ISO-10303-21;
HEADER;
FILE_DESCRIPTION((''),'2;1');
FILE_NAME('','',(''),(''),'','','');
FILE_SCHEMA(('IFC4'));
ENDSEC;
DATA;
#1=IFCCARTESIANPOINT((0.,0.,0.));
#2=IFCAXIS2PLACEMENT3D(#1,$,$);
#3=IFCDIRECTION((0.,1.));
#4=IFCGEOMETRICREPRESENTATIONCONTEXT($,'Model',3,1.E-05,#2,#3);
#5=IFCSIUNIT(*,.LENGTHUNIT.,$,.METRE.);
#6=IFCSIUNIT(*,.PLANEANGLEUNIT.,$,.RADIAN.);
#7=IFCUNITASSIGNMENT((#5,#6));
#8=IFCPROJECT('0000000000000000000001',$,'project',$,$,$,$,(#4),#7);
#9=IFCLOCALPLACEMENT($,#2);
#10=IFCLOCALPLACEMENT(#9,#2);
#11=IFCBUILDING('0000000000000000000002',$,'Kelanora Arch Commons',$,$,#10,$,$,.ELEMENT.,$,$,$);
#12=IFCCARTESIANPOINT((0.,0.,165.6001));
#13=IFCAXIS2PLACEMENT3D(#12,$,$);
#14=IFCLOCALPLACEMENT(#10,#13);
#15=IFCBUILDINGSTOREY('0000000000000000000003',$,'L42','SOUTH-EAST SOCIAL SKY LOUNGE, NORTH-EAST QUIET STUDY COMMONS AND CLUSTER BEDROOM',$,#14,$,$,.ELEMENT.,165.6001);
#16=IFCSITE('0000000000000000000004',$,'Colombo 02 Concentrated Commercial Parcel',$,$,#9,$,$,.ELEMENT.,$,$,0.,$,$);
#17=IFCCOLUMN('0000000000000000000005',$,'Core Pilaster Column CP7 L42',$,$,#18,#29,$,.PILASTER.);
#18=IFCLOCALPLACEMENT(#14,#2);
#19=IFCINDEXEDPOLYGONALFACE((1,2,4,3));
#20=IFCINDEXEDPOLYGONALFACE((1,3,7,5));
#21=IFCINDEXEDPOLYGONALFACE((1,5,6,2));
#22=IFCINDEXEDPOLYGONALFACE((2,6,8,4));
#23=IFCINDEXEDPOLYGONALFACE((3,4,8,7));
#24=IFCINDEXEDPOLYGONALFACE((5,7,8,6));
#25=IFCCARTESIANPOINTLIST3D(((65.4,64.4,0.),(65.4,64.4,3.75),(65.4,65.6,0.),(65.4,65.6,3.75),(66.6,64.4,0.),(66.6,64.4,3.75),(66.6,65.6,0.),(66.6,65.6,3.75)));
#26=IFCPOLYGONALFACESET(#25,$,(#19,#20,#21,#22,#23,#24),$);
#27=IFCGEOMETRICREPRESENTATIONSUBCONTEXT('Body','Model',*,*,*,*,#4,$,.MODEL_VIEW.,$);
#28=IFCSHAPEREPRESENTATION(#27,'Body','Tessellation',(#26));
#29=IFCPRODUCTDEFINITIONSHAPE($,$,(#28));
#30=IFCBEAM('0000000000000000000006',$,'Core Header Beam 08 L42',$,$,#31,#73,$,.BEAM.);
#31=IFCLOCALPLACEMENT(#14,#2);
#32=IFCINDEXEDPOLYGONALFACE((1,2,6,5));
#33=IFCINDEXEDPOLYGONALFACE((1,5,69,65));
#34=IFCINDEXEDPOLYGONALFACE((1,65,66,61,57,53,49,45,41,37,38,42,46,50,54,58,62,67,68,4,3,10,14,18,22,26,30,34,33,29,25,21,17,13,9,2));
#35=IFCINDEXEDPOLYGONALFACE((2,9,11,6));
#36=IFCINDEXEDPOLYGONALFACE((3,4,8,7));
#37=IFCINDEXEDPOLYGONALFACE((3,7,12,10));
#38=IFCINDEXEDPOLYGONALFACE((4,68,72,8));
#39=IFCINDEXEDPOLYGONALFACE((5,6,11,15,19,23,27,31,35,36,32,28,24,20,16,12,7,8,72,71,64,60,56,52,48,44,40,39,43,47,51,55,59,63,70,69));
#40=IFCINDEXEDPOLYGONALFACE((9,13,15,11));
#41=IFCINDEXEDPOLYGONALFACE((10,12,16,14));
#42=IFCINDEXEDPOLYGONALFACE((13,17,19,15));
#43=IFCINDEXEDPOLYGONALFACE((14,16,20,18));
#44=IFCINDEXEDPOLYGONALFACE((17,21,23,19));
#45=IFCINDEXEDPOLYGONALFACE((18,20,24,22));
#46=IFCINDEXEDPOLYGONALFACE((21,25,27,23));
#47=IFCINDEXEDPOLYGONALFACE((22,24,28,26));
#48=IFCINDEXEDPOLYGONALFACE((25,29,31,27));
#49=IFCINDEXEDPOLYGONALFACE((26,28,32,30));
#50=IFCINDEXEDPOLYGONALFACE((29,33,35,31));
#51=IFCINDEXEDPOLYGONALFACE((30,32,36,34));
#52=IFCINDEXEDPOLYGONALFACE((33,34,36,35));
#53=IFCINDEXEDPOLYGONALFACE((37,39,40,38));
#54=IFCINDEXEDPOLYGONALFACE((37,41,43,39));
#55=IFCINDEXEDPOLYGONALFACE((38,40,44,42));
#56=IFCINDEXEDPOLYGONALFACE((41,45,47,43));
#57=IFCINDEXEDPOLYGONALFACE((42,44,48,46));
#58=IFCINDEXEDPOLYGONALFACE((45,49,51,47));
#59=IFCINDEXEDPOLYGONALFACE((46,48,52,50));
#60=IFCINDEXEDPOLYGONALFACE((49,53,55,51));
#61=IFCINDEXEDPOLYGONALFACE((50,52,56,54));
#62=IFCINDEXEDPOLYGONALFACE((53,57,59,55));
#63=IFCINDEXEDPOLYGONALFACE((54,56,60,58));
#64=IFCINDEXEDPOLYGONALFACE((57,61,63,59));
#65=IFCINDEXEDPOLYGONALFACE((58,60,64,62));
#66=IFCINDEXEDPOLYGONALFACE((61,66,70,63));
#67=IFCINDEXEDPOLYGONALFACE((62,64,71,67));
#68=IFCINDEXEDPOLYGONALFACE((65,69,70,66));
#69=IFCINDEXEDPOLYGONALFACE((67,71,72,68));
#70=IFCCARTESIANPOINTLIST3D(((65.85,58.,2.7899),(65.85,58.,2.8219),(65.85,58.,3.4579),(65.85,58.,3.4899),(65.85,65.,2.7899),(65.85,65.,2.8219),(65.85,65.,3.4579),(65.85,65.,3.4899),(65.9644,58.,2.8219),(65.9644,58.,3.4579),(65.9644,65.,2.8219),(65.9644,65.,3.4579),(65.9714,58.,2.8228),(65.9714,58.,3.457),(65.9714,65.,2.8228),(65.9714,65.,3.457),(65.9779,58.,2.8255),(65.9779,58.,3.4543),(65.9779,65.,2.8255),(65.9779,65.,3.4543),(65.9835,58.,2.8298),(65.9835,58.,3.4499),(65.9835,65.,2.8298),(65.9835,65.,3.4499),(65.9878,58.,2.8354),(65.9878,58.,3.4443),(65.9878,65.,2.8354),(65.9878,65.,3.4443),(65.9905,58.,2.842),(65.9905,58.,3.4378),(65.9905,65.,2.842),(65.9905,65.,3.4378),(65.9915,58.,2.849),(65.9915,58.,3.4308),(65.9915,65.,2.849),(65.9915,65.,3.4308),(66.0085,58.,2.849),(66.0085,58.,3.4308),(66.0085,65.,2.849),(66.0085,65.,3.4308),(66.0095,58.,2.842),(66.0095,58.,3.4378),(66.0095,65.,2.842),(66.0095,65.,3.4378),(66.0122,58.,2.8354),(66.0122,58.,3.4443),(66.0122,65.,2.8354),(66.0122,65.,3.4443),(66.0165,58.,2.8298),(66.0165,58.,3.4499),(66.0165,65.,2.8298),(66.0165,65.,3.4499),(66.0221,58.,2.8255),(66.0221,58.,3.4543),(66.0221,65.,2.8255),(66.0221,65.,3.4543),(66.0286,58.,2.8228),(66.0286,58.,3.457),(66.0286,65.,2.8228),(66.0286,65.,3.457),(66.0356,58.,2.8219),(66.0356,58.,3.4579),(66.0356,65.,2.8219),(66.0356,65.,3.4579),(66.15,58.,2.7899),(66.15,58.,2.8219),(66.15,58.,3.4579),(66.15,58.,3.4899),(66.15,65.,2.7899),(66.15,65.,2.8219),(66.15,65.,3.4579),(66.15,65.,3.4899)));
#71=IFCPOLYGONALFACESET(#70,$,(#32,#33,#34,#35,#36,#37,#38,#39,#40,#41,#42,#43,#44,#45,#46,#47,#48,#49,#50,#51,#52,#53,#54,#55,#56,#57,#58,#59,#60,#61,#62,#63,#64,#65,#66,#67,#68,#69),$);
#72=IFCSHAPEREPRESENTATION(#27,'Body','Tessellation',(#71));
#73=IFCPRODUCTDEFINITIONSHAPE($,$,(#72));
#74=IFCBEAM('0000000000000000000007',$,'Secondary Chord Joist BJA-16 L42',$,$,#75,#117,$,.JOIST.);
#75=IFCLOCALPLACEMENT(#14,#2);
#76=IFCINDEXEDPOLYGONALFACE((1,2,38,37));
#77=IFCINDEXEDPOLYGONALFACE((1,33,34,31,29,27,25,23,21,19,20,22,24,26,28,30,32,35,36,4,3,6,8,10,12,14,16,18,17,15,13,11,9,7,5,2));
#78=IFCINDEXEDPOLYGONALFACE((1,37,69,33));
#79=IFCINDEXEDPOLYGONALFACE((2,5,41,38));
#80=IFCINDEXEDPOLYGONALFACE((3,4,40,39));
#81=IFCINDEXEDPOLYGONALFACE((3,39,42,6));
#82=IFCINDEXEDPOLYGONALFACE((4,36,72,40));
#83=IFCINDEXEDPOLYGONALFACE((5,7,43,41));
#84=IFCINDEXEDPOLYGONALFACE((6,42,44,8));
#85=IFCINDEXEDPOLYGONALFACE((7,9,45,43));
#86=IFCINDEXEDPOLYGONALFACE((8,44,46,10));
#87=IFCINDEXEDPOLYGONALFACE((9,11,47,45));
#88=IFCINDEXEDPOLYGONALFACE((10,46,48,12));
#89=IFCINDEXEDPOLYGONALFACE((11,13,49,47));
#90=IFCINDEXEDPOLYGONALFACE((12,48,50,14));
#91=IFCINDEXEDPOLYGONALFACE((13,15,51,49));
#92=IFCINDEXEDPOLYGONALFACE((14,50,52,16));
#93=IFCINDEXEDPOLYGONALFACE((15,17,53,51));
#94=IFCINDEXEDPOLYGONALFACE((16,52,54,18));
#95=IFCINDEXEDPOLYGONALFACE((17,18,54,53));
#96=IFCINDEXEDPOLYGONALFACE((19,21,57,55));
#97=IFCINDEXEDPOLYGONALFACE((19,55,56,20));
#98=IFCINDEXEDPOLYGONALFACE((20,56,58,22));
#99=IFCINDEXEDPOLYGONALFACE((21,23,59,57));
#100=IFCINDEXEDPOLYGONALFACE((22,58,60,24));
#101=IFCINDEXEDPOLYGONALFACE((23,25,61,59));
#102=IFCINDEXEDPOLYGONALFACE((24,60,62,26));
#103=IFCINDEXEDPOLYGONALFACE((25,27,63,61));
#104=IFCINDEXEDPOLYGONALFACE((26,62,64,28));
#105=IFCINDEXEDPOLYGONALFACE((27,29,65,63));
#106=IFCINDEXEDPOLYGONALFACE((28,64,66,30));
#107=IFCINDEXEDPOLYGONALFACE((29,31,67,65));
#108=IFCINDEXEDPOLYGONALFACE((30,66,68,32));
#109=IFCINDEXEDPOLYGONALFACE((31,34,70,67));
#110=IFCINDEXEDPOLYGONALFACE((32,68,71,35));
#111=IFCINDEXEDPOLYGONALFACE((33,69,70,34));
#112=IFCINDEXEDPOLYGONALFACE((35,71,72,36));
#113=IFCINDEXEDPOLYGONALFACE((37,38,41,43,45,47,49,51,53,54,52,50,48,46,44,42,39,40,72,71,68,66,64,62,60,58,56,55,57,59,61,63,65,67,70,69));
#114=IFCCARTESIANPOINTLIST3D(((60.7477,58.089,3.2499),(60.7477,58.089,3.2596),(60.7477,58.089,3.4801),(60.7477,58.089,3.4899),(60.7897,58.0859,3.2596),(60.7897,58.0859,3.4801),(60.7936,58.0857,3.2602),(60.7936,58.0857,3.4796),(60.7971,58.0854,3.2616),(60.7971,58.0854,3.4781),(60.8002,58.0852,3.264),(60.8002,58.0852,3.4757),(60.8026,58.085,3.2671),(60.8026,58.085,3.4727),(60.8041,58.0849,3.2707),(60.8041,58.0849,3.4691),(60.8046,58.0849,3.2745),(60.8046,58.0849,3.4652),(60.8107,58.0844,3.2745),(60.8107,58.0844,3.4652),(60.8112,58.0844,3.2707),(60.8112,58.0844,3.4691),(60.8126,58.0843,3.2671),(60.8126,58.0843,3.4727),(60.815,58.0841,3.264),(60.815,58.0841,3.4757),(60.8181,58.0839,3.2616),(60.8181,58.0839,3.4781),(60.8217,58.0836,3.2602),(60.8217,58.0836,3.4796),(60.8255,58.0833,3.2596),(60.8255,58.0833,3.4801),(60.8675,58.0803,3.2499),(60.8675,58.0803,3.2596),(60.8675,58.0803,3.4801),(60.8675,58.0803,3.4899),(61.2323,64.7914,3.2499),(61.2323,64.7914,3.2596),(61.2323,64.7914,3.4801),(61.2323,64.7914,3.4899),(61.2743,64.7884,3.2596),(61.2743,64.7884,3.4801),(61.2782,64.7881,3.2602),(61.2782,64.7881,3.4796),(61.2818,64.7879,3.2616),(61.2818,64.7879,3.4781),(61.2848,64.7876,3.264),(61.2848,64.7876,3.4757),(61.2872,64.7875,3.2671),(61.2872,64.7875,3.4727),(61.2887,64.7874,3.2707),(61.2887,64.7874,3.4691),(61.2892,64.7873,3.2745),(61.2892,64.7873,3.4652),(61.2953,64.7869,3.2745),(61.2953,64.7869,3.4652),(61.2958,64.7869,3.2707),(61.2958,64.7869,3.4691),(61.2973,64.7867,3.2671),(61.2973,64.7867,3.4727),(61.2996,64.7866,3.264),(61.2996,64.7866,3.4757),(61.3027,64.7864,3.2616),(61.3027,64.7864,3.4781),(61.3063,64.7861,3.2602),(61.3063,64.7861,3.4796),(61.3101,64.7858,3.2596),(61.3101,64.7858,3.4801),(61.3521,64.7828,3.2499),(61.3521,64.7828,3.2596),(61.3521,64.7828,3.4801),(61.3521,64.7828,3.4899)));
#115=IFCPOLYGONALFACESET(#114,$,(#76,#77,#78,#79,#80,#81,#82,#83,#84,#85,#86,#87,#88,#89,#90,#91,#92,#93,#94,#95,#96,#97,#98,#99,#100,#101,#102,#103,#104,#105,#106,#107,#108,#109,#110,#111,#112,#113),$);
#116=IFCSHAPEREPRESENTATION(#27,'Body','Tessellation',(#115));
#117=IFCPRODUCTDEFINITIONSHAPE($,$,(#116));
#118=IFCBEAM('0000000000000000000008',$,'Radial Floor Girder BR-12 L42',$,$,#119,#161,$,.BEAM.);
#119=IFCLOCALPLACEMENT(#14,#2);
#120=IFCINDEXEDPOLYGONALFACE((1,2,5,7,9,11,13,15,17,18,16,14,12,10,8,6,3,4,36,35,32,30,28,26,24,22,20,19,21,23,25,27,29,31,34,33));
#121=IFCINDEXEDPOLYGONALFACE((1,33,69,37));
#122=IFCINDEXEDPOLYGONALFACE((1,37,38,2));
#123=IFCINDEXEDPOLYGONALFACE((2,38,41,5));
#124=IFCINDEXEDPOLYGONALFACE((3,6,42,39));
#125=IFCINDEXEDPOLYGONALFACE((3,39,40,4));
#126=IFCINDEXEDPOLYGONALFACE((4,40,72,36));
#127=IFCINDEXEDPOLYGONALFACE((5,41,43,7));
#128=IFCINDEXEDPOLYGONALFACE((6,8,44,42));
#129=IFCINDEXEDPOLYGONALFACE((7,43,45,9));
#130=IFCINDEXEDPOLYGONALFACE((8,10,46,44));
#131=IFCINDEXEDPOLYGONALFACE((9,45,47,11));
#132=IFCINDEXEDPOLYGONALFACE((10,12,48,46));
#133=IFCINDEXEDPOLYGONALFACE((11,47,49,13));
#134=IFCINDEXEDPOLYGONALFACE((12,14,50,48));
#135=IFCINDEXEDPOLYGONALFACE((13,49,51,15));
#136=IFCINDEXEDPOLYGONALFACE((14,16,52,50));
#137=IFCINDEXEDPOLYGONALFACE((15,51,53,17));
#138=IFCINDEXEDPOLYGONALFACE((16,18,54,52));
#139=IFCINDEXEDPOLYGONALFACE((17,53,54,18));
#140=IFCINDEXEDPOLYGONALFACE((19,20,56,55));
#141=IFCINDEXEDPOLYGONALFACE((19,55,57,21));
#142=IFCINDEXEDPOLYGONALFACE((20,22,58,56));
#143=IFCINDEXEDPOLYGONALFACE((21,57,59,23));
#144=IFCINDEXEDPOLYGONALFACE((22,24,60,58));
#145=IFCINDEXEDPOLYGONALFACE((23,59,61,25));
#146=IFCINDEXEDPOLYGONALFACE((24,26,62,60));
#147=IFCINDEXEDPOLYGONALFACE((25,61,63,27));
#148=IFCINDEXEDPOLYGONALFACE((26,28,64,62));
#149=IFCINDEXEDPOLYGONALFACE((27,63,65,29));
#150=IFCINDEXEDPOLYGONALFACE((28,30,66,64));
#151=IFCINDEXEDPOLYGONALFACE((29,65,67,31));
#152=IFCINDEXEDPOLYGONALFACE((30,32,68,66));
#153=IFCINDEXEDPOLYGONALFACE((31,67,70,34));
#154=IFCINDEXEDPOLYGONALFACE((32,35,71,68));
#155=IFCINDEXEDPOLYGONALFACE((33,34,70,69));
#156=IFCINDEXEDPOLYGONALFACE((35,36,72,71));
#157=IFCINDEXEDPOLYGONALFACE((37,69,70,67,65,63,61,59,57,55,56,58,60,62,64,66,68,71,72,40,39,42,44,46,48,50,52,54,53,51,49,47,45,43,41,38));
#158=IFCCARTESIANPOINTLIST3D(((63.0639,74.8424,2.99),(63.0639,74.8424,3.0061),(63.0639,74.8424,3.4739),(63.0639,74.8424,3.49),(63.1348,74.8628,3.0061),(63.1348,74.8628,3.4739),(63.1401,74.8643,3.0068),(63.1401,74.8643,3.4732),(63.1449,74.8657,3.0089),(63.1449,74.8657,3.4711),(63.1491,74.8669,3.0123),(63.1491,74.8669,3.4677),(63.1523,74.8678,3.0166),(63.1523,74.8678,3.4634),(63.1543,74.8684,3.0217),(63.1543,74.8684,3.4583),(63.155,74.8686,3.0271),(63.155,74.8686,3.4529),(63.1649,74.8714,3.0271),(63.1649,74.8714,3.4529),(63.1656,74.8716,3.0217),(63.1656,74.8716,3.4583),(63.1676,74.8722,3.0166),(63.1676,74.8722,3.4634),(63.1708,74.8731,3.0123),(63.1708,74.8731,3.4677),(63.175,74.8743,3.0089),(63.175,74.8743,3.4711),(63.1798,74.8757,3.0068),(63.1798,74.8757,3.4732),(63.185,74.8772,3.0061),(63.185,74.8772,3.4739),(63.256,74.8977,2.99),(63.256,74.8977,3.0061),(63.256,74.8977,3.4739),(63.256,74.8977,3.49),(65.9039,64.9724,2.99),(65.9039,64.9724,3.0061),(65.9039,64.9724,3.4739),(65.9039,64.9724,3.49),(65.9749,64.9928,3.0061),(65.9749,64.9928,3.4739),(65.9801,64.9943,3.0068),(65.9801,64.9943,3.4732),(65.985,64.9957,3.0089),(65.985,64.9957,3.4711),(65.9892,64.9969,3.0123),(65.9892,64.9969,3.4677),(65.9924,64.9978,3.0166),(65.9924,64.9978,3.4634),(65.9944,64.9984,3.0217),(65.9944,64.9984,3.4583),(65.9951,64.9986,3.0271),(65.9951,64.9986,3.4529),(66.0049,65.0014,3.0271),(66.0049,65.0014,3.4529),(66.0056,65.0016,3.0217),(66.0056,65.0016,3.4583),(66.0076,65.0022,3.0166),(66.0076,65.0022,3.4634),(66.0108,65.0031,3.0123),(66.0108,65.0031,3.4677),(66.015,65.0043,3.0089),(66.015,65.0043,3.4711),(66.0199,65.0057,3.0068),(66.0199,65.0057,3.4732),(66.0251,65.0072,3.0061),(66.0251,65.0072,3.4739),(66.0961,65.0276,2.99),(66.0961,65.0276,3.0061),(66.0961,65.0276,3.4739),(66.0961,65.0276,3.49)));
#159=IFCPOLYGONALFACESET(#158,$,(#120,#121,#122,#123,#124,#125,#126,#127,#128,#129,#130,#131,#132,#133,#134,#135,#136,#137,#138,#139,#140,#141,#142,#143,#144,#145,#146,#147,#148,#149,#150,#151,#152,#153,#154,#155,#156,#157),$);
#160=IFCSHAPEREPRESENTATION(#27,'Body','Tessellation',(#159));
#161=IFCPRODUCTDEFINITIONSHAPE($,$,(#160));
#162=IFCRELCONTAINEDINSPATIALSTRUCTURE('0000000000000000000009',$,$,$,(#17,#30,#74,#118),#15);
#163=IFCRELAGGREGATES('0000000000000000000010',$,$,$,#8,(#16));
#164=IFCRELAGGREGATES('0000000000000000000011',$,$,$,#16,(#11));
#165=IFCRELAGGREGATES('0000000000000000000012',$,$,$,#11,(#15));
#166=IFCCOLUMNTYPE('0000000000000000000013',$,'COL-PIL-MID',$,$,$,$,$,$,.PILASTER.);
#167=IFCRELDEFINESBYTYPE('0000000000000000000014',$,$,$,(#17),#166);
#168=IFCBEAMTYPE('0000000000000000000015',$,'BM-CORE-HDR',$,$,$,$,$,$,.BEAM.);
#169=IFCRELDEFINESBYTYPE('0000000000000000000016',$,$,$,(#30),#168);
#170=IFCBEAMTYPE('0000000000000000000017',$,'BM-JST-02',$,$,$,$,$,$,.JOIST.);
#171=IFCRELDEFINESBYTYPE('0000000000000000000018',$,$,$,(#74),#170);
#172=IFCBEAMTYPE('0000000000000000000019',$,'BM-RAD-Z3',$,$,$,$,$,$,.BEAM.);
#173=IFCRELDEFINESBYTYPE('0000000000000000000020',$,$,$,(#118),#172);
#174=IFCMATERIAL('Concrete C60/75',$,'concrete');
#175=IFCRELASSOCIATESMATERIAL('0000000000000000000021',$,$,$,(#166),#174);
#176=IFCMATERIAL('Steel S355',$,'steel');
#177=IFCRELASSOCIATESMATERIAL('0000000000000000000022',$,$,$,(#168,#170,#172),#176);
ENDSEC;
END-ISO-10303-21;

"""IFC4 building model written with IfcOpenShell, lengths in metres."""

from ifc_helpers import new_model, si_unit, direction, frame, origin, origin_2d, place, context, subcontext, project, spatial, rectangle, i_section, extrude, material, material_profile, profile_set, type_object, element, save


model = new_model("IFC4")

# Units and contexts
model_context = context("Model", 3, precision=1e-05, world=origin(), true_north=direction((0.0, 1.0)))
body_context = subcontext(model_context, "Body", "Model", "MODEL_VIEW")
ifc_project = project(units=[si_unit("LENGTHUNIT", "METRE"), si_unit("PLANEANGLEUNIT", "RADIAN")], contexts=[model_context])

# Site, building, storey
site_placement = place(None, origin())
site = spatial("IfcSite", under=ifc_project, at=site_placement, Name="Colombo 02 Concentrated Commercial Parcel", CompositionType="ELEMENT", RefElevation=0.0)
building_placement = place(site_placement, origin())
building = spatial("IfcBuilding", under=site, at=building_placement, Name="Kelanora Arch Commons", CompositionType="ELEMENT")
storey_placement = place(building_placement, frame((0.0, 0.0, 165.6001)))
storey = spatial("IfcBuildingStorey", under=building, at=storey_placement, Name="L42", Description="SOUTH-EAST SOCIAL SKY LOUNGE, NORTH-EAST QUIET STUDY COMMONS AND CLUSTER BEDROOM", CompositionType="ELEMENT", Elevation=165.6001)

# Column
ifc_material_1 = material(Name="Concrete C60/75", Category="concrete")
ifc_material_profile_1 = material_profile(ifc_material_1, rectangle(XDim=1.2, YDim=1.2, at=origin_2d()), Name="RC1200x1200")
ifc_profile_set_1 = profile_set([ifc_material_profile_1], Name="Concrete C60/75")
column_type = type_object("IfcColumnType", Name="COL-PIL-MID", PredefinedType="PILASTER", material=ifc_profile_set_1)
column_placement = place(storey_placement, frame((66.0, 65.0, 0.0), z_axis=(0.0, 0.0, 1.0), x_axis=(1.0, 0.0, 0.0)))
element("IfcColumn", 1, at=column_placement, inside=storey, type_object=column_type, Name="Core Pilaster Column CP7 L42", PredefinedType="PILASTER", context=body_context, shape_type="SweptSolid", body=[
    extrude(rectangle(XDim=1.2, YDim=1.2, at=origin_2d()), origin(), (0.0, 0.0, 1.0), 3.75),
])

# Beams
ifc_material_2 = material(Name="Steel S355", Category="steel")
ifc_material_profile_2 = material_profile(ifc_material_2, i_section(OverallWidth=0.3, OverallDepth=0.7, WebThickness=0.0171, FlangeThickness=0.032, FilletRadius=0.0271, at=origin_2d()), Name="HEB700")
ifc_profile_set_2 = profile_set([ifc_material_profile_2], Name="Steel S355")
beam_type_1 = type_object("IfcBeamType", Name="BM-CORE-HDR", PredefinedType="BEAM", material=ifc_profile_set_2)
beam_1_placement = place(storey_placement, frame((66.0, 65.0, 3.1399), z_axis=(0.0, -1.0, 0.0), x_axis=(1.0, 0.0, 0.0)))
element("IfcBeam", 2, at=beam_1_placement, inside=storey, type_object=beam_type_1, Name="Core Header Beam 08 L42", PredefinedType="BEAM", context=body_context, shape_type="SweptSolid", body=[
    extrude(i_section(OverallWidth=0.3, OverallDepth=0.7, WebThickness=0.0171, FlangeThickness=0.032, FilletRadius=0.0271, at=origin_2d()), origin(), (0.0, 0.0, 1.0), 7.0),
])
ifc_material_profile_3 = material_profile(ifc_material_2, i_section(OverallWidth=0.1201, OverallDepth=0.24, WebThickness=0.0061, FlangeThickness=0.0098, FilletRadius=0.0149, at=origin_2d()), Name="IPE240")
ifc_profile_set_3 = profile_set([ifc_material_profile_3], Name="Steel S355")
beam_type_2 = type_object("IfcBeamType", Name="BM-JST-02", PredefinedType="JOIST", material=ifc_profile_set_3)
beam_2_placement = place(storey_placement, frame((61.2922, 64.7871, 3.3699), z_axis=(-0.072117, -0.997396, 0.0), x_axis=(0.997396, -0.072117, 0.0)))
element("IfcBeam", 3, at=beam_2_placement, inside=storey, type_object=beam_type_2, Name="Secondary Chord Joist BJA-16 L42", PredefinedType="JOIST", context=body_context, shape_type="SweptSolid", body=[
    extrude(i_section(OverallWidth=0.1201, OverallDepth=0.24, WebThickness=0.0061, FlangeThickness=0.0098, FilletRadius=0.0149, at=origin_2d()), origin(), (0.0, 0.0, 1.0), 6.72),
])
ifc_material_profile_4 = material_profile(ifc_material_2, i_section(OverallWidth=0.2, OverallDepth=0.5, WebThickness=0.0103, FlangeThickness=0.0161, FilletRadius=0.021, at=origin_2d()), Name="IPE500")
ifc_profile_set_4 = profile_set([ifc_material_profile_4], Name="Steel S355")
beam_type_3 = type_object("IfcBeamType", Name="BM-RAD-Z3", PredefinedType="BEAM", material=ifc_profile_set_4)
beam_3_placement = place(storey_placement, frame((66.0, 65.0, 3.24), z_axis=(-0.276526, 0.961006, 0.0), x_axis=(-0.961006, -0.276526, 0.0)))
element("IfcBeam", 4, at=beam_3_placement, inside=storey, type_object=beam_type_3, Name="Radial Floor Girder BR-12 L42", PredefinedType="BEAM", context=body_context, shape_type="SweptSolid", body=[
    extrude(i_section(OverallWidth=0.2, OverallDepth=0.5, WebThickness=0.0103, FlangeThickness=0.0161, FilletRadius=0.021, at=origin_2d()), origin(), (0.0, 0.0, 1.0), 10.2705),
])

save(model, "model.ifc")
